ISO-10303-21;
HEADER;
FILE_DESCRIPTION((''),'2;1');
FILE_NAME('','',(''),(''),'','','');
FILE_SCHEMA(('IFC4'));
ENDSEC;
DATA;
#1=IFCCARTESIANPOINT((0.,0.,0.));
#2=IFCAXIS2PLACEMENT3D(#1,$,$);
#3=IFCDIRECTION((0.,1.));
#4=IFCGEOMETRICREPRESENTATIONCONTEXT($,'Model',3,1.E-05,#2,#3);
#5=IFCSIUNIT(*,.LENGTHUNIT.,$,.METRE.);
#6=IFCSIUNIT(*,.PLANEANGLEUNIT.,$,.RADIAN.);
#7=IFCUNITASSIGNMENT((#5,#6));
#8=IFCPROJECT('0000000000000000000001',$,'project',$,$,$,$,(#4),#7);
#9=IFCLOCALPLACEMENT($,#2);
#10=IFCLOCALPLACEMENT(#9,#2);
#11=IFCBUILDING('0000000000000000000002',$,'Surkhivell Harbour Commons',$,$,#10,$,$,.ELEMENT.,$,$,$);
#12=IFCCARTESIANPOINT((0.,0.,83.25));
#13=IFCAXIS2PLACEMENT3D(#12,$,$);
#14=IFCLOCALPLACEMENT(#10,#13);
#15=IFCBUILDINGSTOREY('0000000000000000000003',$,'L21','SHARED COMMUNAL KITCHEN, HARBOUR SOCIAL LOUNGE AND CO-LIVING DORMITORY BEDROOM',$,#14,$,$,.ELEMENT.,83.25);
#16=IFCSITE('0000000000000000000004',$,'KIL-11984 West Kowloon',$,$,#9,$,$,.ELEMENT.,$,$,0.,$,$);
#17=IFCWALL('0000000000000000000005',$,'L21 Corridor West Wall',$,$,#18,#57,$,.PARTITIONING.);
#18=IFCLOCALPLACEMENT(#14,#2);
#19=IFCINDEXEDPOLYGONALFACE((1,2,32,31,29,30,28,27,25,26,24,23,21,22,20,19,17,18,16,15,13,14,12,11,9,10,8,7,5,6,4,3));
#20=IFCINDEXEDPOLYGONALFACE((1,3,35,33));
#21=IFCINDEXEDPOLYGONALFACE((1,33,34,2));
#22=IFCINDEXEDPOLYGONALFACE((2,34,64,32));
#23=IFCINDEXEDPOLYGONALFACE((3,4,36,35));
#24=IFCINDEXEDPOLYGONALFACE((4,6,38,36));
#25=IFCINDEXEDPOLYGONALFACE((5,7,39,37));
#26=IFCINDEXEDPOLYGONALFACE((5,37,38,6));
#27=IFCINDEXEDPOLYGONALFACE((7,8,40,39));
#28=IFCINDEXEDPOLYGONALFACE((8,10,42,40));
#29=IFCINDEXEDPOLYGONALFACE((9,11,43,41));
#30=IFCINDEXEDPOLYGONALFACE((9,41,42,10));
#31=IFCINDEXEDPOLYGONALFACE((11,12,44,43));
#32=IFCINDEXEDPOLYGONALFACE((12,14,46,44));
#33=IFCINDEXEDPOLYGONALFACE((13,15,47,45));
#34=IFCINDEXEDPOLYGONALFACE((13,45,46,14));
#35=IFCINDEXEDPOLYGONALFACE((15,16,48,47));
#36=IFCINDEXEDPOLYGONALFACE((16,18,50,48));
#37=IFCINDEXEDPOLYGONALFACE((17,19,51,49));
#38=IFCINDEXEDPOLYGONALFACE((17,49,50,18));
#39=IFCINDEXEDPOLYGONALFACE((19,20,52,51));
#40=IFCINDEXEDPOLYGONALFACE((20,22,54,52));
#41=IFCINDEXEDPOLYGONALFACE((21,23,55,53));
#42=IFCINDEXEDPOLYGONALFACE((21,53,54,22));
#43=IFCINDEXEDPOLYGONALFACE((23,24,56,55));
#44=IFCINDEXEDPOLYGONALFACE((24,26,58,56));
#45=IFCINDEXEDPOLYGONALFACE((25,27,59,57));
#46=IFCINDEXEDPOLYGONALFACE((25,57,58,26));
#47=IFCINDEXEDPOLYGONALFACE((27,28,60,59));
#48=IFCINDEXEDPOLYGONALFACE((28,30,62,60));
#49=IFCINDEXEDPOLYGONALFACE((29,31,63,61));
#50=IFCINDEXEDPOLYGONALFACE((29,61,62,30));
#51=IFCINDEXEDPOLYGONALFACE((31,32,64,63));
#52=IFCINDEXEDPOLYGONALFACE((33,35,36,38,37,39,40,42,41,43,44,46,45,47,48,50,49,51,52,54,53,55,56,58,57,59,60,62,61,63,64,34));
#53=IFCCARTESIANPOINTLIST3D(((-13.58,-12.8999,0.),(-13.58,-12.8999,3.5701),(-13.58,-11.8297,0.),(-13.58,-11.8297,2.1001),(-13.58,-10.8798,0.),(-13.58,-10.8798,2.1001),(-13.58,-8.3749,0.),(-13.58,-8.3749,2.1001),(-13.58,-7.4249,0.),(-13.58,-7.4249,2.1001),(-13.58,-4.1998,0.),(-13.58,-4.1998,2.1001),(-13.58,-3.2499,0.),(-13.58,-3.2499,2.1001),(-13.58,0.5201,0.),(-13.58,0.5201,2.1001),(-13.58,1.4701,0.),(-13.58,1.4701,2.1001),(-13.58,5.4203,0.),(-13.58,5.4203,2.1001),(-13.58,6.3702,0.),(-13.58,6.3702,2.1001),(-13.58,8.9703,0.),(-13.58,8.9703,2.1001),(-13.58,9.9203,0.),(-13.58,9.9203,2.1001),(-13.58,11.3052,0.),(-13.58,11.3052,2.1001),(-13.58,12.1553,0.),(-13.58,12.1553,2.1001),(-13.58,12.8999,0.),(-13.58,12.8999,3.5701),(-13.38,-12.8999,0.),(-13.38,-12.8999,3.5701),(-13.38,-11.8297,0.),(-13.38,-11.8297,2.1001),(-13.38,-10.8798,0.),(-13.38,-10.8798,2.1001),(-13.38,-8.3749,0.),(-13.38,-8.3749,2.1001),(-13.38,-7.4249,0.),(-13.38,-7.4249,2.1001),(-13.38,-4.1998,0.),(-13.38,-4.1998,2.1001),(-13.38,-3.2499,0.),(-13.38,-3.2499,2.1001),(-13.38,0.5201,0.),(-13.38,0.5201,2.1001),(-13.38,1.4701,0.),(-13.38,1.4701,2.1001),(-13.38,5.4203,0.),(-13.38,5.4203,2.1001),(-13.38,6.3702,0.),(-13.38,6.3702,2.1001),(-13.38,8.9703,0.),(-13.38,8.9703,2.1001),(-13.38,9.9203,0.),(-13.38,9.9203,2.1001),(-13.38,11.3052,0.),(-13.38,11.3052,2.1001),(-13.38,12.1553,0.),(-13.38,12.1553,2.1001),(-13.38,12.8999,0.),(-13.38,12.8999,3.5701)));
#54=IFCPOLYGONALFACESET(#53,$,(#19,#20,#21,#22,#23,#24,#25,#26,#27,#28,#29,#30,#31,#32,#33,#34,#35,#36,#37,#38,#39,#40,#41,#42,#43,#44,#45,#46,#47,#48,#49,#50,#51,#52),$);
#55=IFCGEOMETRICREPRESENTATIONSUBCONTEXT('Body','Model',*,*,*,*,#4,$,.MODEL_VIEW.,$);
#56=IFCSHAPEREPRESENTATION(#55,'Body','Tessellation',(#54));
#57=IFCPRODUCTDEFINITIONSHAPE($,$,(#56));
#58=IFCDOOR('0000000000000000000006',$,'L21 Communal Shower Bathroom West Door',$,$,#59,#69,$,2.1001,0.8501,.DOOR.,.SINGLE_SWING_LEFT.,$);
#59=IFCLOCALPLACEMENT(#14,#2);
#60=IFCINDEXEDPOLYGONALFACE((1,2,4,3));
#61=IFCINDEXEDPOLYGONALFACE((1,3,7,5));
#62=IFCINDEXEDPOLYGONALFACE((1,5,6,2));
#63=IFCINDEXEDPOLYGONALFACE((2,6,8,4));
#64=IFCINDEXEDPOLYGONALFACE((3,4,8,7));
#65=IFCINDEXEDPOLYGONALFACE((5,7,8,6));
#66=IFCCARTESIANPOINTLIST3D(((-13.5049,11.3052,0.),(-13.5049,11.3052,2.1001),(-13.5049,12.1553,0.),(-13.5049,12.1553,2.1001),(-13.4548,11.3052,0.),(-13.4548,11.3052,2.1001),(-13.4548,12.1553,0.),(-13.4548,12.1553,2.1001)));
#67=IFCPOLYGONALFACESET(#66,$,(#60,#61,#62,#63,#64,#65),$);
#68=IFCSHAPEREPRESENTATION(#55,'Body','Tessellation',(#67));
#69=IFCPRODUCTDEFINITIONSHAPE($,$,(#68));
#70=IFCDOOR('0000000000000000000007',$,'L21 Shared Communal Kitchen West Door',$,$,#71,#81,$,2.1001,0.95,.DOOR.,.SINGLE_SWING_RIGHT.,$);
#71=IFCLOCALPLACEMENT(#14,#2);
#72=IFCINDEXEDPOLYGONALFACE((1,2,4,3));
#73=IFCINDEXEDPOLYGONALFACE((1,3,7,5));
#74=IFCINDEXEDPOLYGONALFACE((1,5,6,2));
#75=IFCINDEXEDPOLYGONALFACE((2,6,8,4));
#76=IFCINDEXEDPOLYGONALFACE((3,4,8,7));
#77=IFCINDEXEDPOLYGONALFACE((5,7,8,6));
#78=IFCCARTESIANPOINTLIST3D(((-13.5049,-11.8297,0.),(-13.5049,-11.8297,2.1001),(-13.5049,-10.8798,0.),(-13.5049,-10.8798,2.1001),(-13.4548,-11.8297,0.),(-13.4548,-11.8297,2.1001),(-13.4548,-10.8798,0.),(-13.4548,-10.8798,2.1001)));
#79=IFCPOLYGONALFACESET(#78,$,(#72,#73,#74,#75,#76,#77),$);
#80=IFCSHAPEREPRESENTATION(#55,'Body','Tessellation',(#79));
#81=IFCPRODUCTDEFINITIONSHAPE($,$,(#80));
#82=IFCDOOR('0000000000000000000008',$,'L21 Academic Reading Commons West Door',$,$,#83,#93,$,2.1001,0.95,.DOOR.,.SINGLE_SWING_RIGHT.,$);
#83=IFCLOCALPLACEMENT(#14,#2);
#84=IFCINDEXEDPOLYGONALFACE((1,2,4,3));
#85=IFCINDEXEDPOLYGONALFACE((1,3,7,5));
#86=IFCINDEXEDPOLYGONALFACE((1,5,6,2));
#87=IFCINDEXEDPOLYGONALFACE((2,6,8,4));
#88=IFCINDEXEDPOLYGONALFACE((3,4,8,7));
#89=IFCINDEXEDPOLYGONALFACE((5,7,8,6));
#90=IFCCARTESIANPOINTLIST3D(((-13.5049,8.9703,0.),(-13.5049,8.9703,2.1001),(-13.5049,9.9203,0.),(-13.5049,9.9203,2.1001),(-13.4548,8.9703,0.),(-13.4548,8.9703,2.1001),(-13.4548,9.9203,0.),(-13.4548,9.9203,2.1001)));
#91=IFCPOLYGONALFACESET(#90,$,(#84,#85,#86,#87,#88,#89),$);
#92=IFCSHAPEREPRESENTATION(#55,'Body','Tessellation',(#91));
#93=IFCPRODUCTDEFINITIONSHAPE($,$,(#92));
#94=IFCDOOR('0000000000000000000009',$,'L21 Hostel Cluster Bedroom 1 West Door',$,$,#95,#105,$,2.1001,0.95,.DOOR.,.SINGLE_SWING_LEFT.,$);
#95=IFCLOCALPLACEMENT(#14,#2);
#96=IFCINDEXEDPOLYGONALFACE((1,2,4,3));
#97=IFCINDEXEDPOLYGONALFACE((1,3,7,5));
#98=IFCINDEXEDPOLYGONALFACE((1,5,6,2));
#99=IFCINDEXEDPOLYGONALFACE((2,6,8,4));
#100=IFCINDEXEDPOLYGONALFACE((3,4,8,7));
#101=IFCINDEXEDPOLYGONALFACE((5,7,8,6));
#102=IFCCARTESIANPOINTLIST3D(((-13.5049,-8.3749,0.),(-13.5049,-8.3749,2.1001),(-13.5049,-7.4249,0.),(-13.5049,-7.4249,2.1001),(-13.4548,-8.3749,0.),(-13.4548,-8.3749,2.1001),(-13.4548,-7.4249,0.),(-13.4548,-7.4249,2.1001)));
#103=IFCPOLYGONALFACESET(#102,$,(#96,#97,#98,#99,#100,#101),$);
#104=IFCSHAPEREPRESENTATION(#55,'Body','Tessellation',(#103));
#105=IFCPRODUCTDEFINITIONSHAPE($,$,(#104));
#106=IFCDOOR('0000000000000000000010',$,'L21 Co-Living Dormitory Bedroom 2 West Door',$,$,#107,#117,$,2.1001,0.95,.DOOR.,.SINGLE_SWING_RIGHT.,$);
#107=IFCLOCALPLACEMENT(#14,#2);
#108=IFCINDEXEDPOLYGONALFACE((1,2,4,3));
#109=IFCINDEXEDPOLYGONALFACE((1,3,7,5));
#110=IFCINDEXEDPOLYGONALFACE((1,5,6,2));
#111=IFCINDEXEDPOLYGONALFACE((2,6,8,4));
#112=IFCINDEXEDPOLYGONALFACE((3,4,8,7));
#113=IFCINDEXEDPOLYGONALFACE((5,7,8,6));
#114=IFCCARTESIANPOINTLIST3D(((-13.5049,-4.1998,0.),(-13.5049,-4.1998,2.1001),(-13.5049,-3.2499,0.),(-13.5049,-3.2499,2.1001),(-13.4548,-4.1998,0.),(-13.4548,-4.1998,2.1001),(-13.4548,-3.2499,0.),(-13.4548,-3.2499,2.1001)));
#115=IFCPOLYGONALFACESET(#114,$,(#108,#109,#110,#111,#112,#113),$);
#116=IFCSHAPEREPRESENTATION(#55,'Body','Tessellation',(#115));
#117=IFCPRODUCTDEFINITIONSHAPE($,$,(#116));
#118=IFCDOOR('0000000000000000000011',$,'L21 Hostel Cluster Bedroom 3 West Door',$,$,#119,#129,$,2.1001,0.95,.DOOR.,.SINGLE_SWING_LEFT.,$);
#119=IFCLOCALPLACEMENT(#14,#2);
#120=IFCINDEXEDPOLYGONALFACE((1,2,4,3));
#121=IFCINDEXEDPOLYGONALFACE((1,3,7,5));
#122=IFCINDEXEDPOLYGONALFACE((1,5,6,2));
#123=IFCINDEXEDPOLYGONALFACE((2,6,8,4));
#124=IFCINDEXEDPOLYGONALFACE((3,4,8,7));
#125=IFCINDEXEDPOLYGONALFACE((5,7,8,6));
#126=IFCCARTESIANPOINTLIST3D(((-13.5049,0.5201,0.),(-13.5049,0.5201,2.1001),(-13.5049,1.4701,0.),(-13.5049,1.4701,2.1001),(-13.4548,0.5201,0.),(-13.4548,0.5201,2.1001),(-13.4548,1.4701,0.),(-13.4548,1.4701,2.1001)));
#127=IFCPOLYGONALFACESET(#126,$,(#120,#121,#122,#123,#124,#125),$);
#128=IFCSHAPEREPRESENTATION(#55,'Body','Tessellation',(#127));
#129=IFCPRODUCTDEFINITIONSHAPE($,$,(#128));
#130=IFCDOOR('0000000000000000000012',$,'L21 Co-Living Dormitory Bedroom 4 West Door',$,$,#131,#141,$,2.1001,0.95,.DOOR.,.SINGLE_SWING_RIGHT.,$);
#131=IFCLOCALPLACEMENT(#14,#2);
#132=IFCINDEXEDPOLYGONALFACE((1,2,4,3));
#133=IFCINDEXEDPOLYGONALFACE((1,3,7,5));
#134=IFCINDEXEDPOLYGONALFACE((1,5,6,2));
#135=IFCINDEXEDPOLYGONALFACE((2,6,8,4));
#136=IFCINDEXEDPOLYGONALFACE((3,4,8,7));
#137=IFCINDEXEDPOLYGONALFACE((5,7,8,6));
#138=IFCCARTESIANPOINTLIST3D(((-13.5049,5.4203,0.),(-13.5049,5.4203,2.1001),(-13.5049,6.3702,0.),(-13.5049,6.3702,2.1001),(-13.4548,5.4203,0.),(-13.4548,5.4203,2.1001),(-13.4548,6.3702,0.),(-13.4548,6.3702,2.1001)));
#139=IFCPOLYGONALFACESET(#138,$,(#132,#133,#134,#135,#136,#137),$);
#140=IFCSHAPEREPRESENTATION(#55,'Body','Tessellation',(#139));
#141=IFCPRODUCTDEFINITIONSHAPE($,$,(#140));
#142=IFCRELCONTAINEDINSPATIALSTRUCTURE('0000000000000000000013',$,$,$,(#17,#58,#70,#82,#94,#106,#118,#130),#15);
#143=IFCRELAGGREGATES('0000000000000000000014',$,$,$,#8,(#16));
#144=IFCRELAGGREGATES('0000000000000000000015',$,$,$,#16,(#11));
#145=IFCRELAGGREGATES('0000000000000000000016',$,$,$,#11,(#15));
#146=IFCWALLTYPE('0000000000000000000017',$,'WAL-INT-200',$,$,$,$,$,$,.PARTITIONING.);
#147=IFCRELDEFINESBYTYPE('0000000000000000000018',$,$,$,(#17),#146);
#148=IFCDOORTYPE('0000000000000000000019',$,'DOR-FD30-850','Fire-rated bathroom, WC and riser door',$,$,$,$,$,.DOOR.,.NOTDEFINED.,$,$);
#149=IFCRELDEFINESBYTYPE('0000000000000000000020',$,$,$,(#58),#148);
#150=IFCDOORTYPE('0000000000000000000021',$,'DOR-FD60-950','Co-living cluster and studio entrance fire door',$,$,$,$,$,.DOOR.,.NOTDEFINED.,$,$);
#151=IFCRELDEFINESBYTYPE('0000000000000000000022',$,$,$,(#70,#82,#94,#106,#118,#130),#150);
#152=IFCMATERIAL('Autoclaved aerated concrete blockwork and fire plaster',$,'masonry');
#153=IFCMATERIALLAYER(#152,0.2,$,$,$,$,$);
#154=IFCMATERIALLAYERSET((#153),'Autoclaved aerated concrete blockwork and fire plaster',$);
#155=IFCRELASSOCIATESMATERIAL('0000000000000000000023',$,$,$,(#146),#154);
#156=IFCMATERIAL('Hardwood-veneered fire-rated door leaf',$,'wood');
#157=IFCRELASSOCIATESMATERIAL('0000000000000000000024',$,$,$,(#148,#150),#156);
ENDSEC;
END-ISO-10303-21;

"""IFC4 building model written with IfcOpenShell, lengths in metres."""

from ifc_helpers import new_model, si_unit, direction, frame, frame_2d, origin, place, context, subcontext, project, spatial, rectangle, extrude, material, layer, layer_set, type_object, element, fill, save


model = new_model("IFC4")

# Units and contexts
model_context = context("Model", 3, precision=1e-05, world=origin(), true_north=direction((0.0, 1.0)))
body_context = subcontext(model_context, "Body", "Model", "MODEL_VIEW")
ifc_project = project(units=[si_unit("LENGTHUNIT", "METRE"), si_unit("PLANEANGLEUNIT", "RADIAN")], contexts=[model_context])

# Site, building, storey
site_placement = place(None, origin())
site = spatial("IfcSite", under=ifc_project, at=site_placement, Name="KIL-11984 West Kowloon", CompositionType="ELEMENT", RefElevation=0.0)
building_placement = place(site_placement, origin())
building = spatial("IfcBuilding", under=site, at=building_placement, Name="Surkhivell Harbour Commons", CompositionType="ELEMENT")
storey_placement = place(building_placement, frame((0.0, 0.0, 83.25)))
storey = spatial("IfcBuildingStorey", under=building, at=storey_placement, Name="L21", Description="SHARED COMMUNAL KITCHEN, HARBOUR SOCIAL LOUNGE AND CO-LIVING DORMITORY BEDROOM", CompositionType="ELEMENT", Elevation=83.25)

# Shared definitions
ifc_material_1 = material(Name="Autoclaved aerated concrete blockwork and fire plaster", Category="masonry")
ifc_layer_1 = layer(ifc_material_1, 0.2)
ifc_layer_set_1 = layer_set([ifc_layer_1], Name="Autoclaved aerated concrete blockwork and fire plaster")
wall_type_1 = type_object("IfcWallType", Name="WAL-INT-200", PredefinedType="PARTITIONING", material=ifc_layer_set_1)

# Wall, openings, doors
ifc_material_2 = material(Name="Hardwood-veneered fire-rated door leaf", Category="wood")
door_type_1 = type_object("IfcDoorType", Name="DOR-FD30-850", Description="Fire-rated bathroom, WC and riser door", OperationType="NOTDEFINED", PredefinedType="DOOR", material=ifc_material_2)
wall_1_placement = place(storey_placement, frame((-13.48, -12.8999, 0.0), z_axis=(0.0, 0.0, 1.0), x_axis=(0.0, 1.0, 0.0)))
wall_1 = element("IfcWall", 1, at=wall_1_placement, inside=storey, type_object=wall_type_1, Name="L21 Corridor West Wall", PredefinedType="PARTITIONING", context=body_context, shape_type="SweptSolid", body=[
    extrude(rectangle(XDim=25.7998, YDim=0.2, at=frame_2d((12.8999, 0.0))), origin(), (0.0, 0.0, 1.0), 3.5701),
])
opening_1_placement = place(wall_1_placement, frame((1.0701, 0.0, 0.0)))
opening_1 = element("IfcOpeningElement", 2, at=opening_1_placement, cuts=wall_1, PredefinedType="OPENING", context=body_context, shape_type="SweptSolid", body=[
    extrude(rectangle(XDim=0.95, YDim=2.1001, at=frame_2d((0.4751, 1.05))), frame((0.0, 0.1099, 0.0), z_axis=(0.0, -1.0, 0.0), x_axis=(1.0, 0.0, 0.0)), (0.0, 0.0, 1.0), 0.22),
])
opening_2_placement = place(wall_1_placement, frame((24.2051, 0.0, 0.0)))
opening_2 = element("IfcOpeningElement", 3, at=opening_2_placement, cuts=wall_1, PredefinedType="OPENING", context=body_context, shape_type="SweptSolid", body=[
    extrude(rectangle(XDim=0.8501, YDim=2.1001, at=frame_2d((0.425, 1.05))), frame((0.0, 0.1099, 0.0), z_axis=(0.0, -1.0, 0.0), x_axis=(1.0, 0.0, 0.0)), (0.0, 0.0, 1.0), 0.22),
])
opening_3_placement = place(wall_1_placement, frame((21.8701, 0.0, 0.0)))
opening_3 = element("IfcOpeningElement", 4, at=opening_3_placement, cuts=wall_1, PredefinedType="OPENING", context=body_context, shape_type="SweptSolid", body=[
    extrude(rectangle(XDim=0.95, YDim=2.1001, at=frame_2d((0.4751, 1.05))), frame((0.0, 0.1099, 0.0), z_axis=(0.0, -1.0, 0.0), x_axis=(1.0, 0.0, 0.0)), (0.0, 0.0, 1.0), 0.22),
])
opening_4_placement = place(wall_1_placement, frame((4.5249, 0.0, 0.0)))
opening_4 = element("IfcOpeningElement", 5, at=opening_4_placement, cuts=wall_1, PredefinedType="OPENING", context=body_context, shape_type="SweptSolid", body=[
    extrude(rectangle(XDim=0.95, YDim=2.1001, at=frame_2d((0.4751, 1.05))), frame((0.0, 0.1099, 0.0), z_axis=(0.0, -1.0, 0.0), x_axis=(1.0, 0.0, 0.0)), (0.0, 0.0, 1.0), 0.22),
])
opening_5_placement = place(wall_1_placement, frame((8.7, 0.0, 0.0)))
opening_5 = element("IfcOpeningElement", 6, at=opening_5_placement, cuts=wall_1, PredefinedType="OPENING", context=body_context, shape_type="SweptSolid", body=[
    extrude(rectangle(XDim=0.95, YDim=2.1001, at=frame_2d((0.4751, 1.05))), frame((0.0, 0.1099, 0.0), z_axis=(0.0, -1.0, 0.0), x_axis=(1.0, 0.0, 0.0)), (0.0, 0.0, 1.0), 0.22),
])
opening_6_placement = place(wall_1_placement, frame((13.4199, 0.0, 0.0)))
opening_6 = element("IfcOpeningElement", 7, at=opening_6_placement, cuts=wall_1, PredefinedType="OPENING", context=body_context, shape_type="SweptSolid", body=[
    extrude(rectangle(XDim=0.95, YDim=2.1001, at=frame_2d((0.4751, 1.05))), frame((0.0, 0.1099, 0.0), z_axis=(0.0, -1.0, 0.0), x_axis=(1.0, 0.0, 0.0)), (0.0, 0.0, 1.0), 0.22),
])
opening_7_placement = place(wall_1_placement, frame((18.3201, 0.0, 0.0)))
opening_7 = element("IfcOpeningElement", 8, at=opening_7_placement, cuts=wall_1, PredefinedType="OPENING", context=body_context, shape_type="SweptSolid", body=[
    extrude(rectangle(XDim=0.95, YDim=2.1001, at=frame_2d((0.4751, 1.05))), frame((0.0, 0.1099, 0.0), z_axis=(0.0, -1.0, 0.0), x_axis=(1.0, 0.0, 0.0)), (0.0, 0.0, 1.0), 0.22),
])
door_1_placement = place(opening_2_placement, origin())
door_1 = element("IfcDoor", 9, at=door_1_placement, inside=storey, type_object=door_type_1, Name="L21 Communal Shower Bathroom West Door", OperationType="SINGLE_SWING_LEFT", OverallHeight=2.1001, OverallWidth=0.8501, PredefinedType="DOOR", context=body_context, shape_type="SweptSolid", body=[
    extrude(rectangle(XDim=0.8501, YDim=2.1001, at=frame_2d((0.425, 1.05))), frame((0.0, 0.0249, 0.0), z_axis=(0.0, -1.0, 0.0), x_axis=(1.0, 0.0, 0.0)), (0.0, 0.0, 1.0), 0.05),
])
fill(opening_2, door_1)
door_type_2 = type_object("IfcDoorType", Name="DOR-FD60-950", Description="Co-living cluster and studio entrance fire door", OperationType="NOTDEFINED", PredefinedType="DOOR", material=ifc_material_2)
door_2_placement = place(opening_1_placement, origin())
door_2 = element("IfcDoor", 10, at=door_2_placement, inside=storey, type_object=door_type_2, Name="L21 Shared Communal Kitchen West Door", OperationType="SINGLE_SWING_RIGHT", OverallHeight=2.1001, OverallWidth=0.95, PredefinedType="DOOR", context=body_context, shape_type="SweptSolid", body=[
    extrude(rectangle(XDim=0.95, YDim=2.1001, at=frame_2d((0.4751, 1.05))), frame((0.0, 0.0249, 0.0), z_axis=(0.0, -1.0, 0.0), x_axis=(1.0, 0.0, 0.0)), (0.0, 0.0, 1.0), 0.05),
])
fill(opening_1, door_2)
door_3_placement = place(opening_3_placement, origin())
door_3 = element("IfcDoor", 11, at=door_3_placement, inside=storey, type_object=door_type_2, Name="L21 Academic Reading Commons West Door", OperationType="SINGLE_SWING_RIGHT", OverallHeight=2.1001, OverallWidth=0.95, PredefinedType="DOOR", context=body_context, shape_type="SweptSolid", body=[
    extrude(rectangle(XDim=0.95, YDim=2.1001, at=frame_2d((0.4751, 1.05))), frame((0.0, 0.0249, 0.0), z_axis=(0.0, -1.0, 0.0), x_axis=(1.0, 0.0, 0.0)), (0.0, 0.0, 1.0), 0.05),
])
fill(opening_3, door_3)
door_4_placement = place(opening_4_placement, origin())
door_4 = element("IfcDoor", 12, at=door_4_placement, inside=storey, type_object=door_type_2, Name="L21 Hostel Cluster Bedroom 1 West Door", OperationType="SINGLE_SWING_LEFT", OverallHeight=2.1001, OverallWidth=0.95, PredefinedType="DOOR", context=body_context, shape_type="SweptSolid", body=[
    extrude(rectangle(XDim=0.95, YDim=2.1001, at=frame_2d((0.4751, 1.05))), frame((0.0, 0.0249, 0.0), z_axis=(0.0, -1.0, 0.0), x_axis=(1.0, 0.0, 0.0)), (0.0, 0.0, 1.0), 0.05),
])
fill(opening_4, door_4)
door_5_placement = place(opening_5_placement, origin())
door_5 = element("IfcDoor", 13, at=door_5_placement, inside=storey, type_object=door_type_2, Name="L21 Co-Living Dormitory Bedroom 2 West Door", OperationType="SINGLE_SWING_RIGHT", OverallHeight=2.1001, OverallWidth=0.95, PredefinedType="DOOR", context=body_context, shape_type="SweptSolid", body=[
    extrude(rectangle(XDim=0.95, YDim=2.1001, at=frame_2d((0.4751, 1.05))), frame((0.0, 0.0249, 0.0), z_axis=(0.0, -1.0, 0.0), x_axis=(1.0, 0.0, 0.0)), (0.0, 0.0, 1.0), 0.05),
])
fill(opening_5, door_5)
door_6_placement = place(opening_6_placement, origin())
door_6 = element("IfcDoor", 14, at=door_6_placement, inside=storey, type_object=door_type_2, Name="L21 Hostel Cluster Bedroom 3 West Door", OperationType="SINGLE_SWING_LEFT", OverallHeight=2.1001, OverallWidth=0.95, PredefinedType="DOOR", context=body_context, shape_type="SweptSolid", body=[
    extrude(rectangle(XDim=0.95, YDim=2.1001, at=frame_2d((0.4751, 1.05))), frame((0.0, 0.0249, 0.0), z_axis=(0.0, -1.0, 0.0), x_axis=(1.0, 0.0, 0.0)), (0.0, 0.0, 1.0), 0.05),
])
fill(opening_6, door_6)
door_7_placement = place(opening_7_placement, origin())
door_7 = element("IfcDoor", 15, at=door_7_placement, inside=storey, type_object=door_type_2, Name="L21 Co-Living Dormitory Bedroom 4 West Door", OperationType="SINGLE_SWING_RIGHT", OverallHeight=2.1001, OverallWidth=0.95, PredefinedType="DOOR", context=body_context, shape_type="SweptSolid", body=[
    extrude(rectangle(XDim=0.95, YDim=2.1001, at=frame_2d((0.4751, 1.05))), frame((0.0, 0.0249, 0.0), z_axis=(0.0, -1.0, 0.0), x_axis=(1.0, 0.0, 0.0)), (0.0, 0.0, 1.0), 0.05),
])
fill(opening_7, door_7)

save(model, "model.ifc")
